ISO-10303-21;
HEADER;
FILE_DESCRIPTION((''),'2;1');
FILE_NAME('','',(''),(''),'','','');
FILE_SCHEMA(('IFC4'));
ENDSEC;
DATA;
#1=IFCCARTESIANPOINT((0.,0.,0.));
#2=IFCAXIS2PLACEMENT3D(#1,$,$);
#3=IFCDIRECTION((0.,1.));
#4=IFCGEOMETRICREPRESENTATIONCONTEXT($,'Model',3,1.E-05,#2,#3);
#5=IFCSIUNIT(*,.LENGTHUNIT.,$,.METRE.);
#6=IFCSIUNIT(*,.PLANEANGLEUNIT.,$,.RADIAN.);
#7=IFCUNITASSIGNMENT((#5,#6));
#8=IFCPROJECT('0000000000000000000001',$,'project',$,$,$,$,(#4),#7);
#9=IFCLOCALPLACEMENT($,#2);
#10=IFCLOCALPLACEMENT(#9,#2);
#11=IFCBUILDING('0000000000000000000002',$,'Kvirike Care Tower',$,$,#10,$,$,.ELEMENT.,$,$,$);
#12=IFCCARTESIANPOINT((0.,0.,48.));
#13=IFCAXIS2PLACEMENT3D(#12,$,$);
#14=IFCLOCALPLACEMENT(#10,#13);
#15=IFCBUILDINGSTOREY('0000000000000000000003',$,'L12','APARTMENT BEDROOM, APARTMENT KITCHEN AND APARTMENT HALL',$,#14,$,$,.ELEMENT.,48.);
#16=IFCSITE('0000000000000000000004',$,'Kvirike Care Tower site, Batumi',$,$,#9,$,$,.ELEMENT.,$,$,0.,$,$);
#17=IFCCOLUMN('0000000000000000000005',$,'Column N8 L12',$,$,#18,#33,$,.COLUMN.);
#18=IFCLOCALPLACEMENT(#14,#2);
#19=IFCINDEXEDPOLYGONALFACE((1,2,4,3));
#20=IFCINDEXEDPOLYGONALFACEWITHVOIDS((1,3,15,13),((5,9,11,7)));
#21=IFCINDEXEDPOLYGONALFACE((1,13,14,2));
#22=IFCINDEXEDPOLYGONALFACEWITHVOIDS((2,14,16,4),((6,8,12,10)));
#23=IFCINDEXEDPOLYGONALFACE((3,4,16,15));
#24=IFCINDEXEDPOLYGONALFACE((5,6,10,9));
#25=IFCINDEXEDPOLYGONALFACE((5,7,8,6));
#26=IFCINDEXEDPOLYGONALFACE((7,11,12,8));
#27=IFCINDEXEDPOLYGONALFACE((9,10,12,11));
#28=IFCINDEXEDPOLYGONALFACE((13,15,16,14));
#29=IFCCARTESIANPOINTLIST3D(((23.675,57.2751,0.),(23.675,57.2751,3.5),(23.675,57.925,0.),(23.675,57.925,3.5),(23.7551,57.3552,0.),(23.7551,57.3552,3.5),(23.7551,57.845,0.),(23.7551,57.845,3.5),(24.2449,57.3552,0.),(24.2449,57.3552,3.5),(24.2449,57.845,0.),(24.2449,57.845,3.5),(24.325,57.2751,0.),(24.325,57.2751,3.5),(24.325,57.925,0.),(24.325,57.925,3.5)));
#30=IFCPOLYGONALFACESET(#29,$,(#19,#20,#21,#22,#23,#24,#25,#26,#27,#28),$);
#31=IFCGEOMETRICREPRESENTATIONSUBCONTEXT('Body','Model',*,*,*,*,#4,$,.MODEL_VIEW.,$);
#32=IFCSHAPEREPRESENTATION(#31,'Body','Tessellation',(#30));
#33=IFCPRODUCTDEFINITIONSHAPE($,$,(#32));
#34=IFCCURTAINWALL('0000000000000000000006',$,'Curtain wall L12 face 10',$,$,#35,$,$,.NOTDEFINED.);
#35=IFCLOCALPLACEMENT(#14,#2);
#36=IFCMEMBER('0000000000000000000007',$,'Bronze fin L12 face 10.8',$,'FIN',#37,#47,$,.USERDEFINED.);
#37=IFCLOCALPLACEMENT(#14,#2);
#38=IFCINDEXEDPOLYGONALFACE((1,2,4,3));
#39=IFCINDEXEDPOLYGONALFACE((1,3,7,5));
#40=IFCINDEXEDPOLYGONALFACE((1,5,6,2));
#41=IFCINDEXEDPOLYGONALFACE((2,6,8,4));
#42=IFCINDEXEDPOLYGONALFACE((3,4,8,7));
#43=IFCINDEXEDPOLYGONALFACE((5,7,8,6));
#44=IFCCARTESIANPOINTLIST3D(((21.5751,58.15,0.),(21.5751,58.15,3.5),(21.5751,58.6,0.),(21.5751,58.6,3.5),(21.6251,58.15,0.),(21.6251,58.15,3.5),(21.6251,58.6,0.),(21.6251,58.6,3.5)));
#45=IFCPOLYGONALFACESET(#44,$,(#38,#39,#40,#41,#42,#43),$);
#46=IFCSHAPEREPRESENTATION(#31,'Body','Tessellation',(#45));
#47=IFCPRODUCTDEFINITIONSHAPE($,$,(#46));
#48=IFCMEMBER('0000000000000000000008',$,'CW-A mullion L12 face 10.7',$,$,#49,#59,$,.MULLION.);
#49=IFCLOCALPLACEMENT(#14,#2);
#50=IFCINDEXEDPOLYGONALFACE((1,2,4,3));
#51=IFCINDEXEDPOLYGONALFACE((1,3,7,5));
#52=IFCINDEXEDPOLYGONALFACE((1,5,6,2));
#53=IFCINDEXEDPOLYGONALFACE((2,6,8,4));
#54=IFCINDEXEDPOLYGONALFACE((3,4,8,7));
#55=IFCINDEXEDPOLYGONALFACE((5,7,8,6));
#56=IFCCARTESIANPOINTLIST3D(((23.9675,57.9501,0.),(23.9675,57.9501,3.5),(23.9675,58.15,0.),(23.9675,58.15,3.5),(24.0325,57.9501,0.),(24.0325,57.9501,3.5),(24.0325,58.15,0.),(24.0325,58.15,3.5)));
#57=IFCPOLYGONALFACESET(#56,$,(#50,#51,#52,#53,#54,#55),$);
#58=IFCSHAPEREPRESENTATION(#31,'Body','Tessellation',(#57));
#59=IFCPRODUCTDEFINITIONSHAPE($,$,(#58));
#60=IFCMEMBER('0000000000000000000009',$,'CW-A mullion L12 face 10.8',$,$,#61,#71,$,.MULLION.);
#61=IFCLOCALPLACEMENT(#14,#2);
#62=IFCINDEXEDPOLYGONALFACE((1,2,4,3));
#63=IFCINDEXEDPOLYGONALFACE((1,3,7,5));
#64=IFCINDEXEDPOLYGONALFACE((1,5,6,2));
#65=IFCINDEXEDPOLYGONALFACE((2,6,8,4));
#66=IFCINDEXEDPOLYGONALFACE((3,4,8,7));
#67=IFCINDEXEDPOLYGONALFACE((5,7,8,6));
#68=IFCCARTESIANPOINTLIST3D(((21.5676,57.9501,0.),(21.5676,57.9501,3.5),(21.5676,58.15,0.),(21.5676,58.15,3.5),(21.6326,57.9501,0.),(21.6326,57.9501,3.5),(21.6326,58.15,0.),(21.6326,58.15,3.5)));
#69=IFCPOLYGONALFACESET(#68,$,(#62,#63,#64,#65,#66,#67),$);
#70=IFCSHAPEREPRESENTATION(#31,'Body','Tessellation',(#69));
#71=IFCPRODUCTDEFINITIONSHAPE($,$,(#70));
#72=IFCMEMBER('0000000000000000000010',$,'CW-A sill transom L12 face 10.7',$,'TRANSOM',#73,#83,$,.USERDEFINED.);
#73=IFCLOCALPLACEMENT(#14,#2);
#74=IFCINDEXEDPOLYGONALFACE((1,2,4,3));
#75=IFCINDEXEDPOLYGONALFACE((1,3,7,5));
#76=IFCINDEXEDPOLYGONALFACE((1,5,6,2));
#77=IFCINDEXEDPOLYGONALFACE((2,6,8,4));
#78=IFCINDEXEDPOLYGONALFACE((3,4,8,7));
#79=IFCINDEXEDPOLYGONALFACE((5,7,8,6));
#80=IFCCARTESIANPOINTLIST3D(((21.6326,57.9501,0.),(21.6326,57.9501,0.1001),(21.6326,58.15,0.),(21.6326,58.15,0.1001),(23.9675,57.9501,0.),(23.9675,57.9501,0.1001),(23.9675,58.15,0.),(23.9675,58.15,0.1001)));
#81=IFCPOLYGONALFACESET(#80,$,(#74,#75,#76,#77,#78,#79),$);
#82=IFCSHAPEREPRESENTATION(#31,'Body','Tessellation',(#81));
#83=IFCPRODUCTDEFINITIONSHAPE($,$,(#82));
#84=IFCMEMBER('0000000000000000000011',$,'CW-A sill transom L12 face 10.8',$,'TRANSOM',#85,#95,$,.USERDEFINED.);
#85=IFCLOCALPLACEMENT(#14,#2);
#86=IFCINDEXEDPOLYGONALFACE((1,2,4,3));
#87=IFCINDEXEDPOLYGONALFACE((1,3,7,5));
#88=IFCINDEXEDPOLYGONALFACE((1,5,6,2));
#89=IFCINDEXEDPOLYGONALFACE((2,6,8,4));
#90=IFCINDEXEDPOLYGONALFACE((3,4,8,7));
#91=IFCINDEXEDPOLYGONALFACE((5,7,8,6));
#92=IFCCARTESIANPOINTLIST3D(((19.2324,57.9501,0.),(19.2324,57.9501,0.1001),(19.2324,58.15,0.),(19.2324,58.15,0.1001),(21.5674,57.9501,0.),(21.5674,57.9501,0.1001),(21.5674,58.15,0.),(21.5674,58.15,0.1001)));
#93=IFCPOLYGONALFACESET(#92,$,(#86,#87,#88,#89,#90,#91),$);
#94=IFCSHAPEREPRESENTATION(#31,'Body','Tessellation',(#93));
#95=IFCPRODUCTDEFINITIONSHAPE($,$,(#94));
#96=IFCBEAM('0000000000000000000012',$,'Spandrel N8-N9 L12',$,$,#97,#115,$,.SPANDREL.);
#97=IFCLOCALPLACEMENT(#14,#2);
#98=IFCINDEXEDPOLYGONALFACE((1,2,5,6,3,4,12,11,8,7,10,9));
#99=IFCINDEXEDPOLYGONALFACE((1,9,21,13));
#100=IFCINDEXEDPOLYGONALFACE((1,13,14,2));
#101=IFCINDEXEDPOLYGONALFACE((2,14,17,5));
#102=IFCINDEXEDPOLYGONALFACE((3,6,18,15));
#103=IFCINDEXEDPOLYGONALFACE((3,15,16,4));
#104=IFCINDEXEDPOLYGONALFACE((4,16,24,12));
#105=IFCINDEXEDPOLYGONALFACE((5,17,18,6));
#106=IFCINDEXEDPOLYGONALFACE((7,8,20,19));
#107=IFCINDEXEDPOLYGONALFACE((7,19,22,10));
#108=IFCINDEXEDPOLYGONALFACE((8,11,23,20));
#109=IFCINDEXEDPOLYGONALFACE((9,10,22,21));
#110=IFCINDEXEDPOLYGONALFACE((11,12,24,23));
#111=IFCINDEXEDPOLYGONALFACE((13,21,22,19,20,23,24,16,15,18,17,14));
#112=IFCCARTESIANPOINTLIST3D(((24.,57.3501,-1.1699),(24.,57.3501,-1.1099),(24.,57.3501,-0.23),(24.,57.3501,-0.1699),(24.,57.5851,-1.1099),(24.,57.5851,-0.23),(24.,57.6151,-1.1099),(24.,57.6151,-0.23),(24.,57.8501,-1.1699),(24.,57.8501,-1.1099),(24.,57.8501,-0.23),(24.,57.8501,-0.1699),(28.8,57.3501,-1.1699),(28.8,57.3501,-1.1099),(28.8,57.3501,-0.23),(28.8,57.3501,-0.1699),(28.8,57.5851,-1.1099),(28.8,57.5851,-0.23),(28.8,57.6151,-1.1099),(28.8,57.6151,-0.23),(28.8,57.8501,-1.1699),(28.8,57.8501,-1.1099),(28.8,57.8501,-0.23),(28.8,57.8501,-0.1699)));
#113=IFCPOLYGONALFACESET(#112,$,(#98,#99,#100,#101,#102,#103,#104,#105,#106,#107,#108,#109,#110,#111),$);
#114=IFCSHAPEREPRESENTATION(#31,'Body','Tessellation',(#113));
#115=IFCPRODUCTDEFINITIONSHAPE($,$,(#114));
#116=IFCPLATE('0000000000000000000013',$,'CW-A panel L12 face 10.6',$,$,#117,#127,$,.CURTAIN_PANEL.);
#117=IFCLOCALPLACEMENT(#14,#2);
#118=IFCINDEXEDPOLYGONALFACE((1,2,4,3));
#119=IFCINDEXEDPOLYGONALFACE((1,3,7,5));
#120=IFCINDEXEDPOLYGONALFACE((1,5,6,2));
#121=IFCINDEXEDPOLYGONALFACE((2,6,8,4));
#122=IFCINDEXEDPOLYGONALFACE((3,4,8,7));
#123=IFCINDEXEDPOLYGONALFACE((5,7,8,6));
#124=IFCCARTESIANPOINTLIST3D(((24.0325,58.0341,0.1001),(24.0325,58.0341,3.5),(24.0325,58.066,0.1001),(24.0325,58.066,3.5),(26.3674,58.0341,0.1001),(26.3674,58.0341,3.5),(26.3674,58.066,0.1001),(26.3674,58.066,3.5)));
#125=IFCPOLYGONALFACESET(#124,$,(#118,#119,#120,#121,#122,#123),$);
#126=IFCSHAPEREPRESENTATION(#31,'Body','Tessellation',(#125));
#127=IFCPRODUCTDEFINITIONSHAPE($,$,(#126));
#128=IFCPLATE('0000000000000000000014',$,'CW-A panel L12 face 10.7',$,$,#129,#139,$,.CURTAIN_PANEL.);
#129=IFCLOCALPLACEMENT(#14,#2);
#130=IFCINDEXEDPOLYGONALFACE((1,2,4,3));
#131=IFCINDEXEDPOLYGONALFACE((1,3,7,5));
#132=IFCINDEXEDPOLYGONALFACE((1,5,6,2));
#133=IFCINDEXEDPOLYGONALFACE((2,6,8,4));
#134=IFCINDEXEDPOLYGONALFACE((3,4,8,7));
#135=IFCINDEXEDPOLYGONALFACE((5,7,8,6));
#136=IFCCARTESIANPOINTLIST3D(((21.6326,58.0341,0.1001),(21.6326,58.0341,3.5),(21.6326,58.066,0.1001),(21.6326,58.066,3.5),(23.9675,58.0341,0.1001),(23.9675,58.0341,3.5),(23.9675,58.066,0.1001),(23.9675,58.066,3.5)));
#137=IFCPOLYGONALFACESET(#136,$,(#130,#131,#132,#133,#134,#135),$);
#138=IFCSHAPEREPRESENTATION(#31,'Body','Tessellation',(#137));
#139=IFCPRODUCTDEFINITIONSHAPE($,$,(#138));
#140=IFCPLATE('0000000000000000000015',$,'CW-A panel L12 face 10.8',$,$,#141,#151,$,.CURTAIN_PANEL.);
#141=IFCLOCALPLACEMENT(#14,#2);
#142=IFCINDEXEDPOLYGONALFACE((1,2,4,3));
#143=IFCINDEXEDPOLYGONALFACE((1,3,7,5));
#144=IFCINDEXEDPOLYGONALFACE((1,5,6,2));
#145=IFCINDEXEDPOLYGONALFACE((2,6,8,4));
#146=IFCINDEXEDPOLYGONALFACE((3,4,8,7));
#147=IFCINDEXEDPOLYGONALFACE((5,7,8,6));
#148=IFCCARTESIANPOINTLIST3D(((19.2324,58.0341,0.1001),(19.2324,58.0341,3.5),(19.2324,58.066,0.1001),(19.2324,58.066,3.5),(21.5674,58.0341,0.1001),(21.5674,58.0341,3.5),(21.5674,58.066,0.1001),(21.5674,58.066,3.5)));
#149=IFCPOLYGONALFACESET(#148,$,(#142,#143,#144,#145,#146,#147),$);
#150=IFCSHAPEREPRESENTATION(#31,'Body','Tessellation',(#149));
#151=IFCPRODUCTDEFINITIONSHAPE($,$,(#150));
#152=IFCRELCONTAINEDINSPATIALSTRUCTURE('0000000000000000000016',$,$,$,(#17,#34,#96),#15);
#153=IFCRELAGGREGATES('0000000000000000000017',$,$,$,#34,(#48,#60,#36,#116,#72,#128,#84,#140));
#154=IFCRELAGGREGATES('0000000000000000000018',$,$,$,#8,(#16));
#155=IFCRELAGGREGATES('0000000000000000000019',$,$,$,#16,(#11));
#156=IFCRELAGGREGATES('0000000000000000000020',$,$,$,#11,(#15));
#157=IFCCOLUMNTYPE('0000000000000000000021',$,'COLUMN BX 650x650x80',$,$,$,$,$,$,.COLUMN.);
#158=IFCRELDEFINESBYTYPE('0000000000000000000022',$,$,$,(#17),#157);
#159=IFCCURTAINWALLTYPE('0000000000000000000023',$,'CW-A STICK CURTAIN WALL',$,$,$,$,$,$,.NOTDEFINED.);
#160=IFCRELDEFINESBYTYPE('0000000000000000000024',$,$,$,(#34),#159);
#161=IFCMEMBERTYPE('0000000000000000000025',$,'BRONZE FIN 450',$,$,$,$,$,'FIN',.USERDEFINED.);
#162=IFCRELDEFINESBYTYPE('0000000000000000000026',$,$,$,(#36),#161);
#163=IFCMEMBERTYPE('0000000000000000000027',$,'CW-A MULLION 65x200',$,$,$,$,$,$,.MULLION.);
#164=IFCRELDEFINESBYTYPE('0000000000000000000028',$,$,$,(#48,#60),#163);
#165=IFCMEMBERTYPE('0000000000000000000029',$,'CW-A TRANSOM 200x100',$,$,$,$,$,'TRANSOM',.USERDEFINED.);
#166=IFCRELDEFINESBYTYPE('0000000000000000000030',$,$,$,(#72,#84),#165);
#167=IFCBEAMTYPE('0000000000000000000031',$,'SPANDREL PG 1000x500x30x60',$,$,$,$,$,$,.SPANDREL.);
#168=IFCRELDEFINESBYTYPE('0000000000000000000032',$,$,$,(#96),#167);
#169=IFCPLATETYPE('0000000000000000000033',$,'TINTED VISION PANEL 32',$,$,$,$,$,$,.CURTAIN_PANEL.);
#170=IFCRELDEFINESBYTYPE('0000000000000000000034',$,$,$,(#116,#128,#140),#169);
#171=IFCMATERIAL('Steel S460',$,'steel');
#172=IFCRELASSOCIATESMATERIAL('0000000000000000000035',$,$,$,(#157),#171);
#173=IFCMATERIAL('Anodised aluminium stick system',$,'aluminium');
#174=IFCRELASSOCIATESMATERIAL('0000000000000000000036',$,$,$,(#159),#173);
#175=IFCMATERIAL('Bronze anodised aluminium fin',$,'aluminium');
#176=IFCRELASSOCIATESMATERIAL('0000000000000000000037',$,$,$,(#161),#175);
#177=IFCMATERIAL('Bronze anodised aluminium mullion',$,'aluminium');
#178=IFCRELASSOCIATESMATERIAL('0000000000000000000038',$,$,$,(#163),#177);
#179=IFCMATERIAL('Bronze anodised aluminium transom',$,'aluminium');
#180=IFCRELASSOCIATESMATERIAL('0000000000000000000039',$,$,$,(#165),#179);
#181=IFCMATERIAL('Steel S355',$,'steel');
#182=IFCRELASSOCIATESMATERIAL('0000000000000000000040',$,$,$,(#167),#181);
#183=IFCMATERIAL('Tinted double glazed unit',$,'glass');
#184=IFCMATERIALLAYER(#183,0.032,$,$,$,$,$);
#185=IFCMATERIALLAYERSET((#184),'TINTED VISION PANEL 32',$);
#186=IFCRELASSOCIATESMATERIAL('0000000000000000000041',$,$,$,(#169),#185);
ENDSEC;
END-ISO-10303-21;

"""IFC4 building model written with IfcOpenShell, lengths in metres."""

from ifc_helpers import new_model, si_unit, direction, frame, origin, origin_2d, place, context, subcontext, project, spatial, rectangle, hollow_rectangle, i_section, extrude, material, layer, layer_set, material_profile, profile_set, type_object, element, aggregate, save


model = new_model("IFC4")

# Units and contexts
model_context = context("Model", 3, precision=1e-05, world=origin(), true_north=direction((0.0, 1.0)))
body_context = subcontext(model_context, "Body", "Model", "MODEL_VIEW")
ifc_project = project(units=[si_unit("LENGTHUNIT", "METRE"), si_unit("PLANEANGLEUNIT", "RADIAN")], contexts=[model_context])

# Site, building, storey
site_placement = place(None, origin())
site = spatial("IfcSite", under=ifc_project, at=site_placement, Name="Kvirike Care Tower site, Batumi", CompositionType="ELEMENT", RefElevation=0.0)
building_placement = place(site_placement, origin())
building = spatial("IfcBuilding", under=site, at=building_placement, Name="Kvirike Care Tower", CompositionType="ELEMENT")
storey_placement = place(building_placement, frame((0.0, 0.0, 48.0)))
storey = spatial("IfcBuildingStorey", under=building, at=storey_placement, Name="L12", Description="APARTMENT BEDROOM, APARTMENT KITCHEN AND APARTMENT HALL", CompositionType="ELEMENT", Elevation=48.0)

# Column
ifc_material_1 = material(Name="Steel S460", Category="steel")
ifc_material_profile_1 = material_profile(ifc_material_1, hollow_rectangle(XDim=0.6499, YDim=0.6499, WallThickness=0.0801, at=origin_2d()), Name="BX 650x650x80")
ifc_profile_set_1 = profile_set([ifc_material_profile_1], Name="Steel S460")
column_type = type_object("IfcColumnType", Name="COLUMN BX 650x650x80", PredefinedType="COLUMN", material=ifc_profile_set_1)
column_placement = place(storey_placement, frame((24.0, 57.6001, 0.0), z_axis=(0.0, 0.0, 1.0), x_axis=(0.0, 1.0, 0.0)))
element("IfcColumn", 1, at=column_placement, inside=storey, type_object=column_type, Name="Column N8 L12", PredefinedType="COLUMN", context=body_context, shape_type="SweptSolid", body=[
    extrude(hollow_rectangle(XDim=0.6499, YDim=0.6499, WallThickness=0.0801, at=origin_2d()), origin(), (0.0, 0.0, 1.0), 3.5),
])

# Curtain wall, members
ifc_material_2 = material(Name="Anodised aluminium stick system", Category="aluminium")
curtain_wall_type = type_object("IfcCurtainWallType", Name="CW-A STICK CURTAIN WALL", PredefinedType="NOTDEFINED", material=ifc_material_2)
curtain_wall_placement = place(storey_placement, origin())
curtain_wall = element("IfcCurtainWall", 2, at=curtain_wall_placement, inside=storey, type_object=curtain_wall_type, Name="Curtain wall L12 face 10", PredefinedType="NOTDEFINED")
ifc_material_3 = material(Name="Bronze anodised aluminium fin", Category="aluminium")
ifc_material_profile_2 = material_profile(ifc_material_3, rectangle(XDim=0.05, YDim=0.45, at=origin_2d()), Name="BRONZE FIN 450")
ifc_profile_set_2 = profile_set([ifc_material_profile_2], Name="Bronze anodised aluminium fin")
member_type_1 = type_object("IfcMemberType", Name="BRONZE FIN 450", ElementType="FIN", PredefinedType="USERDEFINED", material=ifc_profile_set_2)
member_1_placement = place(storey_placement, frame((21.6001, 58.375, 0.0), z_axis=(0.0, 0.0, 1.0), x_axis=(-1.0, 0.0, 0.0)))
member_1 = element("IfcMember", 3, at=member_1_placement, type_object=member_type_1, Name="Bronze fin L12 face 10.8", ObjectType="FIN", PredefinedType="USERDEFINED", context=body_context, shape_type="SweptSolid", body=[
    extrude(rectangle(XDim=0.05, YDim=0.45, at=origin_2d()), origin(), (0.0, 0.0, 1.0), 3.5),
])
ifc_material_4 = material(Name="Bronze anodised aluminium mullion", Category="aluminium")
ifc_material_profile_3 = material_profile(ifc_material_4, rectangle(XDim=0.0649, YDim=0.2, at=origin_2d()), Name="CW-A MULLION 65x200")
ifc_profile_set_3 = profile_set([ifc_material_profile_3], Name="Bronze anodised aluminium mullion")
member_type_2 = type_object("IfcMemberType", Name="CW-A MULLION 65x200", PredefinedType="MULLION", material=ifc_profile_set_3)
member_2_placement = place(storey_placement, frame((24.0, 58.05, 0.0), z_axis=(0.0, 0.0, 1.0), x_axis=(-1.0, 0.0, 0.0)))
member_2 = element("IfcMember", 4, at=member_2_placement, type_object=member_type_2, Name="CW-A mullion L12 face 10.7", PredefinedType="MULLION", context=body_context, shape_type="SweptSolid", body=[
    extrude(rectangle(XDim=0.0649, YDim=0.2, at=origin_2d()), origin(), (0.0, 0.0, 1.0), 3.5),
])
member_3_placement = place(storey_placement, frame((21.6001, 58.05, 0.0), z_axis=(0.0, 0.0, 1.0), x_axis=(-1.0, 0.0, 0.0)))
member_3 = element("IfcMember", 5, at=member_3_placement, type_object=member_type_2, Name="CW-A mullion L12 face 10.8", PredefinedType="MULLION", context=body_context, shape_type="SweptSolid", body=[
    extrude(rectangle(XDim=0.0649, YDim=0.2, at=origin_2d()), origin(), (0.0, 0.0, 1.0), 3.5),
])
ifc_material_5 = material(Name="Bronze anodised aluminium transom", Category="aluminium")
ifc_material_profile_4 = material_profile(ifc_material_5, rectangle(XDim=0.2, YDim=0.1001, at=origin_2d()), Name="CW-A TRANSOM 200x100")
ifc_profile_set_4 = profile_set([ifc_material_profile_4], Name="Bronze anodised aluminium transom")
member_type_3 = type_object("IfcMemberType", Name="CW-A TRANSOM 200x100", ElementType="TRANSOM", PredefinedType="USERDEFINED", material=ifc_profile_set_4)
member_4_placement = place(storey_placement, frame((23.9675, 58.05, 0.05), z_axis=(-1.0, 0.0, 0.0), x_axis=(0.0, -1.0, 0.0)))
member_4 = element("IfcMember", 6, at=member_4_placement, type_object=member_type_3, Name="CW-A sill transom L12 face 10.7", ObjectType="TRANSOM", PredefinedType="USERDEFINED", context=body_context, shape_type="SweptSolid", body=[
    extrude(rectangle(XDim=0.2, YDim=0.1001, at=origin_2d()), origin(), (0.0, 0.0, 1.0), 2.335),
])
member_5_placement = place(storey_placement, frame((21.5674, 58.05, 0.05), z_axis=(-1.0, 0.0, 0.0), x_axis=(0.0, -1.0, 0.0)))
member_5 = element("IfcMember", 7, at=member_5_placement, type_object=member_type_3, Name="CW-A sill transom L12 face 10.8", ObjectType="TRANSOM", PredefinedType="USERDEFINED", context=body_context, shape_type="SweptSolid", body=[
    extrude(rectangle(XDim=0.2, YDim=0.1001, at=origin_2d()), origin(), (0.0, 0.0, 1.0), 2.335),
])

# Beam
ifc_material_6 = material(Name="Steel S355", Category="steel")
ifc_material_profile_5 = material_profile(ifc_material_6, i_section(OverallWidth=0.5, OverallDepth=1.0, WebThickness=0.03, FlangeThickness=0.0601, at=origin_2d()), Name="PG 1000x500x30x60")
ifc_profile_set_5 = profile_set([ifc_material_profile_5], Name="Steel S355")
beam_type = type_object("IfcBeamType", Name="SPANDREL PG 1000x500x30x60", PredefinedType="SPANDREL", material=ifc_profile_set_5)
beam_placement = place(storey_placement, frame((24.0, 57.6001, -0.6699), z_axis=(1.0, 0.0, 0.0), x_axis=(0.0, 1.0, 0.0)))
element("IfcBeam", 8, at=beam_placement, inside=storey, type_object=beam_type, Name="Spandrel N8-N9 L12", PredefinedType="SPANDREL", context=body_context, shape_type="SweptSolid", body=[
    extrude(i_section(OverallWidth=0.5, OverallDepth=1.0, WebThickness=0.03, FlangeThickness=0.0601, at=origin_2d()), origin(), (0.0, 0.0, 1.0), 4.8),
])

# Plates
ifc_material_7 = material(Name="Tinted double glazed unit", Category="glass")
ifc_layer_1 = layer(ifc_material_7, 0.032)
ifc_layer_set_1 = layer_set([ifc_layer_1], Name="TINTED VISION PANEL 32")
plate_type = type_object("IfcPlateType", Name="TINTED VISION PANEL 32", PredefinedType="CURTAIN_PANEL", material=ifc_layer_set_1)
plate_1_placement = place(storey_placement, frame((25.2, 58.05, 0.1001), z_axis=(0.0, 0.0, 1.0), x_axis=(-1.0, 0.0, 0.0)))
plate_1 = element("IfcPlate", 9, at=plate_1_placement, type_object=plate_type, Name="CW-A panel L12 face 10.6", PredefinedType="CURTAIN_PANEL", context=body_context, shape_type="SweptSolid", body=[
    extrude(rectangle(XDim=2.335, YDim=0.032, at=origin_2d()), origin(), (0.0, 0.0, 1.0), 3.3999),
])
plate_2_placement = place(storey_placement, frame((22.8, 58.05, 0.1001), z_axis=(0.0, 0.0, 1.0), x_axis=(-1.0, 0.0, 0.0)))
plate_2 = element("IfcPlate", 10, at=plate_2_placement, type_object=plate_type, Name="CW-A panel L12 face 10.7", PredefinedType="CURTAIN_PANEL", context=body_context, shape_type="SweptSolid", body=[
    extrude(rectangle(XDim=2.335, YDim=0.032, at=origin_2d()), origin(), (0.0, 0.0, 1.0), 3.3999),
])
plate_3_placement = place(storey_placement, frame((20.3999, 58.05, 0.1001), z_axis=(0.0, 0.0, 1.0), x_axis=(-1.0, 0.0, 0.0)))
plate_3 = element("IfcPlate", 11, at=plate_3_placement, type_object=plate_type, Name="CW-A panel L12 face 10.8", PredefinedType="CURTAIN_PANEL", context=body_context, shape_type="SweptSolid", body=[
    extrude(rectangle(XDim=2.335, YDim=0.032, at=origin_2d()), origin(), (0.0, 0.0, 1.0), 3.3999),
])
aggregate(curtain_wall, [member_2, member_3, member_1, plate_1, member_4, plate_2, member_5, plate_3])

save(model, "model.ifc")
